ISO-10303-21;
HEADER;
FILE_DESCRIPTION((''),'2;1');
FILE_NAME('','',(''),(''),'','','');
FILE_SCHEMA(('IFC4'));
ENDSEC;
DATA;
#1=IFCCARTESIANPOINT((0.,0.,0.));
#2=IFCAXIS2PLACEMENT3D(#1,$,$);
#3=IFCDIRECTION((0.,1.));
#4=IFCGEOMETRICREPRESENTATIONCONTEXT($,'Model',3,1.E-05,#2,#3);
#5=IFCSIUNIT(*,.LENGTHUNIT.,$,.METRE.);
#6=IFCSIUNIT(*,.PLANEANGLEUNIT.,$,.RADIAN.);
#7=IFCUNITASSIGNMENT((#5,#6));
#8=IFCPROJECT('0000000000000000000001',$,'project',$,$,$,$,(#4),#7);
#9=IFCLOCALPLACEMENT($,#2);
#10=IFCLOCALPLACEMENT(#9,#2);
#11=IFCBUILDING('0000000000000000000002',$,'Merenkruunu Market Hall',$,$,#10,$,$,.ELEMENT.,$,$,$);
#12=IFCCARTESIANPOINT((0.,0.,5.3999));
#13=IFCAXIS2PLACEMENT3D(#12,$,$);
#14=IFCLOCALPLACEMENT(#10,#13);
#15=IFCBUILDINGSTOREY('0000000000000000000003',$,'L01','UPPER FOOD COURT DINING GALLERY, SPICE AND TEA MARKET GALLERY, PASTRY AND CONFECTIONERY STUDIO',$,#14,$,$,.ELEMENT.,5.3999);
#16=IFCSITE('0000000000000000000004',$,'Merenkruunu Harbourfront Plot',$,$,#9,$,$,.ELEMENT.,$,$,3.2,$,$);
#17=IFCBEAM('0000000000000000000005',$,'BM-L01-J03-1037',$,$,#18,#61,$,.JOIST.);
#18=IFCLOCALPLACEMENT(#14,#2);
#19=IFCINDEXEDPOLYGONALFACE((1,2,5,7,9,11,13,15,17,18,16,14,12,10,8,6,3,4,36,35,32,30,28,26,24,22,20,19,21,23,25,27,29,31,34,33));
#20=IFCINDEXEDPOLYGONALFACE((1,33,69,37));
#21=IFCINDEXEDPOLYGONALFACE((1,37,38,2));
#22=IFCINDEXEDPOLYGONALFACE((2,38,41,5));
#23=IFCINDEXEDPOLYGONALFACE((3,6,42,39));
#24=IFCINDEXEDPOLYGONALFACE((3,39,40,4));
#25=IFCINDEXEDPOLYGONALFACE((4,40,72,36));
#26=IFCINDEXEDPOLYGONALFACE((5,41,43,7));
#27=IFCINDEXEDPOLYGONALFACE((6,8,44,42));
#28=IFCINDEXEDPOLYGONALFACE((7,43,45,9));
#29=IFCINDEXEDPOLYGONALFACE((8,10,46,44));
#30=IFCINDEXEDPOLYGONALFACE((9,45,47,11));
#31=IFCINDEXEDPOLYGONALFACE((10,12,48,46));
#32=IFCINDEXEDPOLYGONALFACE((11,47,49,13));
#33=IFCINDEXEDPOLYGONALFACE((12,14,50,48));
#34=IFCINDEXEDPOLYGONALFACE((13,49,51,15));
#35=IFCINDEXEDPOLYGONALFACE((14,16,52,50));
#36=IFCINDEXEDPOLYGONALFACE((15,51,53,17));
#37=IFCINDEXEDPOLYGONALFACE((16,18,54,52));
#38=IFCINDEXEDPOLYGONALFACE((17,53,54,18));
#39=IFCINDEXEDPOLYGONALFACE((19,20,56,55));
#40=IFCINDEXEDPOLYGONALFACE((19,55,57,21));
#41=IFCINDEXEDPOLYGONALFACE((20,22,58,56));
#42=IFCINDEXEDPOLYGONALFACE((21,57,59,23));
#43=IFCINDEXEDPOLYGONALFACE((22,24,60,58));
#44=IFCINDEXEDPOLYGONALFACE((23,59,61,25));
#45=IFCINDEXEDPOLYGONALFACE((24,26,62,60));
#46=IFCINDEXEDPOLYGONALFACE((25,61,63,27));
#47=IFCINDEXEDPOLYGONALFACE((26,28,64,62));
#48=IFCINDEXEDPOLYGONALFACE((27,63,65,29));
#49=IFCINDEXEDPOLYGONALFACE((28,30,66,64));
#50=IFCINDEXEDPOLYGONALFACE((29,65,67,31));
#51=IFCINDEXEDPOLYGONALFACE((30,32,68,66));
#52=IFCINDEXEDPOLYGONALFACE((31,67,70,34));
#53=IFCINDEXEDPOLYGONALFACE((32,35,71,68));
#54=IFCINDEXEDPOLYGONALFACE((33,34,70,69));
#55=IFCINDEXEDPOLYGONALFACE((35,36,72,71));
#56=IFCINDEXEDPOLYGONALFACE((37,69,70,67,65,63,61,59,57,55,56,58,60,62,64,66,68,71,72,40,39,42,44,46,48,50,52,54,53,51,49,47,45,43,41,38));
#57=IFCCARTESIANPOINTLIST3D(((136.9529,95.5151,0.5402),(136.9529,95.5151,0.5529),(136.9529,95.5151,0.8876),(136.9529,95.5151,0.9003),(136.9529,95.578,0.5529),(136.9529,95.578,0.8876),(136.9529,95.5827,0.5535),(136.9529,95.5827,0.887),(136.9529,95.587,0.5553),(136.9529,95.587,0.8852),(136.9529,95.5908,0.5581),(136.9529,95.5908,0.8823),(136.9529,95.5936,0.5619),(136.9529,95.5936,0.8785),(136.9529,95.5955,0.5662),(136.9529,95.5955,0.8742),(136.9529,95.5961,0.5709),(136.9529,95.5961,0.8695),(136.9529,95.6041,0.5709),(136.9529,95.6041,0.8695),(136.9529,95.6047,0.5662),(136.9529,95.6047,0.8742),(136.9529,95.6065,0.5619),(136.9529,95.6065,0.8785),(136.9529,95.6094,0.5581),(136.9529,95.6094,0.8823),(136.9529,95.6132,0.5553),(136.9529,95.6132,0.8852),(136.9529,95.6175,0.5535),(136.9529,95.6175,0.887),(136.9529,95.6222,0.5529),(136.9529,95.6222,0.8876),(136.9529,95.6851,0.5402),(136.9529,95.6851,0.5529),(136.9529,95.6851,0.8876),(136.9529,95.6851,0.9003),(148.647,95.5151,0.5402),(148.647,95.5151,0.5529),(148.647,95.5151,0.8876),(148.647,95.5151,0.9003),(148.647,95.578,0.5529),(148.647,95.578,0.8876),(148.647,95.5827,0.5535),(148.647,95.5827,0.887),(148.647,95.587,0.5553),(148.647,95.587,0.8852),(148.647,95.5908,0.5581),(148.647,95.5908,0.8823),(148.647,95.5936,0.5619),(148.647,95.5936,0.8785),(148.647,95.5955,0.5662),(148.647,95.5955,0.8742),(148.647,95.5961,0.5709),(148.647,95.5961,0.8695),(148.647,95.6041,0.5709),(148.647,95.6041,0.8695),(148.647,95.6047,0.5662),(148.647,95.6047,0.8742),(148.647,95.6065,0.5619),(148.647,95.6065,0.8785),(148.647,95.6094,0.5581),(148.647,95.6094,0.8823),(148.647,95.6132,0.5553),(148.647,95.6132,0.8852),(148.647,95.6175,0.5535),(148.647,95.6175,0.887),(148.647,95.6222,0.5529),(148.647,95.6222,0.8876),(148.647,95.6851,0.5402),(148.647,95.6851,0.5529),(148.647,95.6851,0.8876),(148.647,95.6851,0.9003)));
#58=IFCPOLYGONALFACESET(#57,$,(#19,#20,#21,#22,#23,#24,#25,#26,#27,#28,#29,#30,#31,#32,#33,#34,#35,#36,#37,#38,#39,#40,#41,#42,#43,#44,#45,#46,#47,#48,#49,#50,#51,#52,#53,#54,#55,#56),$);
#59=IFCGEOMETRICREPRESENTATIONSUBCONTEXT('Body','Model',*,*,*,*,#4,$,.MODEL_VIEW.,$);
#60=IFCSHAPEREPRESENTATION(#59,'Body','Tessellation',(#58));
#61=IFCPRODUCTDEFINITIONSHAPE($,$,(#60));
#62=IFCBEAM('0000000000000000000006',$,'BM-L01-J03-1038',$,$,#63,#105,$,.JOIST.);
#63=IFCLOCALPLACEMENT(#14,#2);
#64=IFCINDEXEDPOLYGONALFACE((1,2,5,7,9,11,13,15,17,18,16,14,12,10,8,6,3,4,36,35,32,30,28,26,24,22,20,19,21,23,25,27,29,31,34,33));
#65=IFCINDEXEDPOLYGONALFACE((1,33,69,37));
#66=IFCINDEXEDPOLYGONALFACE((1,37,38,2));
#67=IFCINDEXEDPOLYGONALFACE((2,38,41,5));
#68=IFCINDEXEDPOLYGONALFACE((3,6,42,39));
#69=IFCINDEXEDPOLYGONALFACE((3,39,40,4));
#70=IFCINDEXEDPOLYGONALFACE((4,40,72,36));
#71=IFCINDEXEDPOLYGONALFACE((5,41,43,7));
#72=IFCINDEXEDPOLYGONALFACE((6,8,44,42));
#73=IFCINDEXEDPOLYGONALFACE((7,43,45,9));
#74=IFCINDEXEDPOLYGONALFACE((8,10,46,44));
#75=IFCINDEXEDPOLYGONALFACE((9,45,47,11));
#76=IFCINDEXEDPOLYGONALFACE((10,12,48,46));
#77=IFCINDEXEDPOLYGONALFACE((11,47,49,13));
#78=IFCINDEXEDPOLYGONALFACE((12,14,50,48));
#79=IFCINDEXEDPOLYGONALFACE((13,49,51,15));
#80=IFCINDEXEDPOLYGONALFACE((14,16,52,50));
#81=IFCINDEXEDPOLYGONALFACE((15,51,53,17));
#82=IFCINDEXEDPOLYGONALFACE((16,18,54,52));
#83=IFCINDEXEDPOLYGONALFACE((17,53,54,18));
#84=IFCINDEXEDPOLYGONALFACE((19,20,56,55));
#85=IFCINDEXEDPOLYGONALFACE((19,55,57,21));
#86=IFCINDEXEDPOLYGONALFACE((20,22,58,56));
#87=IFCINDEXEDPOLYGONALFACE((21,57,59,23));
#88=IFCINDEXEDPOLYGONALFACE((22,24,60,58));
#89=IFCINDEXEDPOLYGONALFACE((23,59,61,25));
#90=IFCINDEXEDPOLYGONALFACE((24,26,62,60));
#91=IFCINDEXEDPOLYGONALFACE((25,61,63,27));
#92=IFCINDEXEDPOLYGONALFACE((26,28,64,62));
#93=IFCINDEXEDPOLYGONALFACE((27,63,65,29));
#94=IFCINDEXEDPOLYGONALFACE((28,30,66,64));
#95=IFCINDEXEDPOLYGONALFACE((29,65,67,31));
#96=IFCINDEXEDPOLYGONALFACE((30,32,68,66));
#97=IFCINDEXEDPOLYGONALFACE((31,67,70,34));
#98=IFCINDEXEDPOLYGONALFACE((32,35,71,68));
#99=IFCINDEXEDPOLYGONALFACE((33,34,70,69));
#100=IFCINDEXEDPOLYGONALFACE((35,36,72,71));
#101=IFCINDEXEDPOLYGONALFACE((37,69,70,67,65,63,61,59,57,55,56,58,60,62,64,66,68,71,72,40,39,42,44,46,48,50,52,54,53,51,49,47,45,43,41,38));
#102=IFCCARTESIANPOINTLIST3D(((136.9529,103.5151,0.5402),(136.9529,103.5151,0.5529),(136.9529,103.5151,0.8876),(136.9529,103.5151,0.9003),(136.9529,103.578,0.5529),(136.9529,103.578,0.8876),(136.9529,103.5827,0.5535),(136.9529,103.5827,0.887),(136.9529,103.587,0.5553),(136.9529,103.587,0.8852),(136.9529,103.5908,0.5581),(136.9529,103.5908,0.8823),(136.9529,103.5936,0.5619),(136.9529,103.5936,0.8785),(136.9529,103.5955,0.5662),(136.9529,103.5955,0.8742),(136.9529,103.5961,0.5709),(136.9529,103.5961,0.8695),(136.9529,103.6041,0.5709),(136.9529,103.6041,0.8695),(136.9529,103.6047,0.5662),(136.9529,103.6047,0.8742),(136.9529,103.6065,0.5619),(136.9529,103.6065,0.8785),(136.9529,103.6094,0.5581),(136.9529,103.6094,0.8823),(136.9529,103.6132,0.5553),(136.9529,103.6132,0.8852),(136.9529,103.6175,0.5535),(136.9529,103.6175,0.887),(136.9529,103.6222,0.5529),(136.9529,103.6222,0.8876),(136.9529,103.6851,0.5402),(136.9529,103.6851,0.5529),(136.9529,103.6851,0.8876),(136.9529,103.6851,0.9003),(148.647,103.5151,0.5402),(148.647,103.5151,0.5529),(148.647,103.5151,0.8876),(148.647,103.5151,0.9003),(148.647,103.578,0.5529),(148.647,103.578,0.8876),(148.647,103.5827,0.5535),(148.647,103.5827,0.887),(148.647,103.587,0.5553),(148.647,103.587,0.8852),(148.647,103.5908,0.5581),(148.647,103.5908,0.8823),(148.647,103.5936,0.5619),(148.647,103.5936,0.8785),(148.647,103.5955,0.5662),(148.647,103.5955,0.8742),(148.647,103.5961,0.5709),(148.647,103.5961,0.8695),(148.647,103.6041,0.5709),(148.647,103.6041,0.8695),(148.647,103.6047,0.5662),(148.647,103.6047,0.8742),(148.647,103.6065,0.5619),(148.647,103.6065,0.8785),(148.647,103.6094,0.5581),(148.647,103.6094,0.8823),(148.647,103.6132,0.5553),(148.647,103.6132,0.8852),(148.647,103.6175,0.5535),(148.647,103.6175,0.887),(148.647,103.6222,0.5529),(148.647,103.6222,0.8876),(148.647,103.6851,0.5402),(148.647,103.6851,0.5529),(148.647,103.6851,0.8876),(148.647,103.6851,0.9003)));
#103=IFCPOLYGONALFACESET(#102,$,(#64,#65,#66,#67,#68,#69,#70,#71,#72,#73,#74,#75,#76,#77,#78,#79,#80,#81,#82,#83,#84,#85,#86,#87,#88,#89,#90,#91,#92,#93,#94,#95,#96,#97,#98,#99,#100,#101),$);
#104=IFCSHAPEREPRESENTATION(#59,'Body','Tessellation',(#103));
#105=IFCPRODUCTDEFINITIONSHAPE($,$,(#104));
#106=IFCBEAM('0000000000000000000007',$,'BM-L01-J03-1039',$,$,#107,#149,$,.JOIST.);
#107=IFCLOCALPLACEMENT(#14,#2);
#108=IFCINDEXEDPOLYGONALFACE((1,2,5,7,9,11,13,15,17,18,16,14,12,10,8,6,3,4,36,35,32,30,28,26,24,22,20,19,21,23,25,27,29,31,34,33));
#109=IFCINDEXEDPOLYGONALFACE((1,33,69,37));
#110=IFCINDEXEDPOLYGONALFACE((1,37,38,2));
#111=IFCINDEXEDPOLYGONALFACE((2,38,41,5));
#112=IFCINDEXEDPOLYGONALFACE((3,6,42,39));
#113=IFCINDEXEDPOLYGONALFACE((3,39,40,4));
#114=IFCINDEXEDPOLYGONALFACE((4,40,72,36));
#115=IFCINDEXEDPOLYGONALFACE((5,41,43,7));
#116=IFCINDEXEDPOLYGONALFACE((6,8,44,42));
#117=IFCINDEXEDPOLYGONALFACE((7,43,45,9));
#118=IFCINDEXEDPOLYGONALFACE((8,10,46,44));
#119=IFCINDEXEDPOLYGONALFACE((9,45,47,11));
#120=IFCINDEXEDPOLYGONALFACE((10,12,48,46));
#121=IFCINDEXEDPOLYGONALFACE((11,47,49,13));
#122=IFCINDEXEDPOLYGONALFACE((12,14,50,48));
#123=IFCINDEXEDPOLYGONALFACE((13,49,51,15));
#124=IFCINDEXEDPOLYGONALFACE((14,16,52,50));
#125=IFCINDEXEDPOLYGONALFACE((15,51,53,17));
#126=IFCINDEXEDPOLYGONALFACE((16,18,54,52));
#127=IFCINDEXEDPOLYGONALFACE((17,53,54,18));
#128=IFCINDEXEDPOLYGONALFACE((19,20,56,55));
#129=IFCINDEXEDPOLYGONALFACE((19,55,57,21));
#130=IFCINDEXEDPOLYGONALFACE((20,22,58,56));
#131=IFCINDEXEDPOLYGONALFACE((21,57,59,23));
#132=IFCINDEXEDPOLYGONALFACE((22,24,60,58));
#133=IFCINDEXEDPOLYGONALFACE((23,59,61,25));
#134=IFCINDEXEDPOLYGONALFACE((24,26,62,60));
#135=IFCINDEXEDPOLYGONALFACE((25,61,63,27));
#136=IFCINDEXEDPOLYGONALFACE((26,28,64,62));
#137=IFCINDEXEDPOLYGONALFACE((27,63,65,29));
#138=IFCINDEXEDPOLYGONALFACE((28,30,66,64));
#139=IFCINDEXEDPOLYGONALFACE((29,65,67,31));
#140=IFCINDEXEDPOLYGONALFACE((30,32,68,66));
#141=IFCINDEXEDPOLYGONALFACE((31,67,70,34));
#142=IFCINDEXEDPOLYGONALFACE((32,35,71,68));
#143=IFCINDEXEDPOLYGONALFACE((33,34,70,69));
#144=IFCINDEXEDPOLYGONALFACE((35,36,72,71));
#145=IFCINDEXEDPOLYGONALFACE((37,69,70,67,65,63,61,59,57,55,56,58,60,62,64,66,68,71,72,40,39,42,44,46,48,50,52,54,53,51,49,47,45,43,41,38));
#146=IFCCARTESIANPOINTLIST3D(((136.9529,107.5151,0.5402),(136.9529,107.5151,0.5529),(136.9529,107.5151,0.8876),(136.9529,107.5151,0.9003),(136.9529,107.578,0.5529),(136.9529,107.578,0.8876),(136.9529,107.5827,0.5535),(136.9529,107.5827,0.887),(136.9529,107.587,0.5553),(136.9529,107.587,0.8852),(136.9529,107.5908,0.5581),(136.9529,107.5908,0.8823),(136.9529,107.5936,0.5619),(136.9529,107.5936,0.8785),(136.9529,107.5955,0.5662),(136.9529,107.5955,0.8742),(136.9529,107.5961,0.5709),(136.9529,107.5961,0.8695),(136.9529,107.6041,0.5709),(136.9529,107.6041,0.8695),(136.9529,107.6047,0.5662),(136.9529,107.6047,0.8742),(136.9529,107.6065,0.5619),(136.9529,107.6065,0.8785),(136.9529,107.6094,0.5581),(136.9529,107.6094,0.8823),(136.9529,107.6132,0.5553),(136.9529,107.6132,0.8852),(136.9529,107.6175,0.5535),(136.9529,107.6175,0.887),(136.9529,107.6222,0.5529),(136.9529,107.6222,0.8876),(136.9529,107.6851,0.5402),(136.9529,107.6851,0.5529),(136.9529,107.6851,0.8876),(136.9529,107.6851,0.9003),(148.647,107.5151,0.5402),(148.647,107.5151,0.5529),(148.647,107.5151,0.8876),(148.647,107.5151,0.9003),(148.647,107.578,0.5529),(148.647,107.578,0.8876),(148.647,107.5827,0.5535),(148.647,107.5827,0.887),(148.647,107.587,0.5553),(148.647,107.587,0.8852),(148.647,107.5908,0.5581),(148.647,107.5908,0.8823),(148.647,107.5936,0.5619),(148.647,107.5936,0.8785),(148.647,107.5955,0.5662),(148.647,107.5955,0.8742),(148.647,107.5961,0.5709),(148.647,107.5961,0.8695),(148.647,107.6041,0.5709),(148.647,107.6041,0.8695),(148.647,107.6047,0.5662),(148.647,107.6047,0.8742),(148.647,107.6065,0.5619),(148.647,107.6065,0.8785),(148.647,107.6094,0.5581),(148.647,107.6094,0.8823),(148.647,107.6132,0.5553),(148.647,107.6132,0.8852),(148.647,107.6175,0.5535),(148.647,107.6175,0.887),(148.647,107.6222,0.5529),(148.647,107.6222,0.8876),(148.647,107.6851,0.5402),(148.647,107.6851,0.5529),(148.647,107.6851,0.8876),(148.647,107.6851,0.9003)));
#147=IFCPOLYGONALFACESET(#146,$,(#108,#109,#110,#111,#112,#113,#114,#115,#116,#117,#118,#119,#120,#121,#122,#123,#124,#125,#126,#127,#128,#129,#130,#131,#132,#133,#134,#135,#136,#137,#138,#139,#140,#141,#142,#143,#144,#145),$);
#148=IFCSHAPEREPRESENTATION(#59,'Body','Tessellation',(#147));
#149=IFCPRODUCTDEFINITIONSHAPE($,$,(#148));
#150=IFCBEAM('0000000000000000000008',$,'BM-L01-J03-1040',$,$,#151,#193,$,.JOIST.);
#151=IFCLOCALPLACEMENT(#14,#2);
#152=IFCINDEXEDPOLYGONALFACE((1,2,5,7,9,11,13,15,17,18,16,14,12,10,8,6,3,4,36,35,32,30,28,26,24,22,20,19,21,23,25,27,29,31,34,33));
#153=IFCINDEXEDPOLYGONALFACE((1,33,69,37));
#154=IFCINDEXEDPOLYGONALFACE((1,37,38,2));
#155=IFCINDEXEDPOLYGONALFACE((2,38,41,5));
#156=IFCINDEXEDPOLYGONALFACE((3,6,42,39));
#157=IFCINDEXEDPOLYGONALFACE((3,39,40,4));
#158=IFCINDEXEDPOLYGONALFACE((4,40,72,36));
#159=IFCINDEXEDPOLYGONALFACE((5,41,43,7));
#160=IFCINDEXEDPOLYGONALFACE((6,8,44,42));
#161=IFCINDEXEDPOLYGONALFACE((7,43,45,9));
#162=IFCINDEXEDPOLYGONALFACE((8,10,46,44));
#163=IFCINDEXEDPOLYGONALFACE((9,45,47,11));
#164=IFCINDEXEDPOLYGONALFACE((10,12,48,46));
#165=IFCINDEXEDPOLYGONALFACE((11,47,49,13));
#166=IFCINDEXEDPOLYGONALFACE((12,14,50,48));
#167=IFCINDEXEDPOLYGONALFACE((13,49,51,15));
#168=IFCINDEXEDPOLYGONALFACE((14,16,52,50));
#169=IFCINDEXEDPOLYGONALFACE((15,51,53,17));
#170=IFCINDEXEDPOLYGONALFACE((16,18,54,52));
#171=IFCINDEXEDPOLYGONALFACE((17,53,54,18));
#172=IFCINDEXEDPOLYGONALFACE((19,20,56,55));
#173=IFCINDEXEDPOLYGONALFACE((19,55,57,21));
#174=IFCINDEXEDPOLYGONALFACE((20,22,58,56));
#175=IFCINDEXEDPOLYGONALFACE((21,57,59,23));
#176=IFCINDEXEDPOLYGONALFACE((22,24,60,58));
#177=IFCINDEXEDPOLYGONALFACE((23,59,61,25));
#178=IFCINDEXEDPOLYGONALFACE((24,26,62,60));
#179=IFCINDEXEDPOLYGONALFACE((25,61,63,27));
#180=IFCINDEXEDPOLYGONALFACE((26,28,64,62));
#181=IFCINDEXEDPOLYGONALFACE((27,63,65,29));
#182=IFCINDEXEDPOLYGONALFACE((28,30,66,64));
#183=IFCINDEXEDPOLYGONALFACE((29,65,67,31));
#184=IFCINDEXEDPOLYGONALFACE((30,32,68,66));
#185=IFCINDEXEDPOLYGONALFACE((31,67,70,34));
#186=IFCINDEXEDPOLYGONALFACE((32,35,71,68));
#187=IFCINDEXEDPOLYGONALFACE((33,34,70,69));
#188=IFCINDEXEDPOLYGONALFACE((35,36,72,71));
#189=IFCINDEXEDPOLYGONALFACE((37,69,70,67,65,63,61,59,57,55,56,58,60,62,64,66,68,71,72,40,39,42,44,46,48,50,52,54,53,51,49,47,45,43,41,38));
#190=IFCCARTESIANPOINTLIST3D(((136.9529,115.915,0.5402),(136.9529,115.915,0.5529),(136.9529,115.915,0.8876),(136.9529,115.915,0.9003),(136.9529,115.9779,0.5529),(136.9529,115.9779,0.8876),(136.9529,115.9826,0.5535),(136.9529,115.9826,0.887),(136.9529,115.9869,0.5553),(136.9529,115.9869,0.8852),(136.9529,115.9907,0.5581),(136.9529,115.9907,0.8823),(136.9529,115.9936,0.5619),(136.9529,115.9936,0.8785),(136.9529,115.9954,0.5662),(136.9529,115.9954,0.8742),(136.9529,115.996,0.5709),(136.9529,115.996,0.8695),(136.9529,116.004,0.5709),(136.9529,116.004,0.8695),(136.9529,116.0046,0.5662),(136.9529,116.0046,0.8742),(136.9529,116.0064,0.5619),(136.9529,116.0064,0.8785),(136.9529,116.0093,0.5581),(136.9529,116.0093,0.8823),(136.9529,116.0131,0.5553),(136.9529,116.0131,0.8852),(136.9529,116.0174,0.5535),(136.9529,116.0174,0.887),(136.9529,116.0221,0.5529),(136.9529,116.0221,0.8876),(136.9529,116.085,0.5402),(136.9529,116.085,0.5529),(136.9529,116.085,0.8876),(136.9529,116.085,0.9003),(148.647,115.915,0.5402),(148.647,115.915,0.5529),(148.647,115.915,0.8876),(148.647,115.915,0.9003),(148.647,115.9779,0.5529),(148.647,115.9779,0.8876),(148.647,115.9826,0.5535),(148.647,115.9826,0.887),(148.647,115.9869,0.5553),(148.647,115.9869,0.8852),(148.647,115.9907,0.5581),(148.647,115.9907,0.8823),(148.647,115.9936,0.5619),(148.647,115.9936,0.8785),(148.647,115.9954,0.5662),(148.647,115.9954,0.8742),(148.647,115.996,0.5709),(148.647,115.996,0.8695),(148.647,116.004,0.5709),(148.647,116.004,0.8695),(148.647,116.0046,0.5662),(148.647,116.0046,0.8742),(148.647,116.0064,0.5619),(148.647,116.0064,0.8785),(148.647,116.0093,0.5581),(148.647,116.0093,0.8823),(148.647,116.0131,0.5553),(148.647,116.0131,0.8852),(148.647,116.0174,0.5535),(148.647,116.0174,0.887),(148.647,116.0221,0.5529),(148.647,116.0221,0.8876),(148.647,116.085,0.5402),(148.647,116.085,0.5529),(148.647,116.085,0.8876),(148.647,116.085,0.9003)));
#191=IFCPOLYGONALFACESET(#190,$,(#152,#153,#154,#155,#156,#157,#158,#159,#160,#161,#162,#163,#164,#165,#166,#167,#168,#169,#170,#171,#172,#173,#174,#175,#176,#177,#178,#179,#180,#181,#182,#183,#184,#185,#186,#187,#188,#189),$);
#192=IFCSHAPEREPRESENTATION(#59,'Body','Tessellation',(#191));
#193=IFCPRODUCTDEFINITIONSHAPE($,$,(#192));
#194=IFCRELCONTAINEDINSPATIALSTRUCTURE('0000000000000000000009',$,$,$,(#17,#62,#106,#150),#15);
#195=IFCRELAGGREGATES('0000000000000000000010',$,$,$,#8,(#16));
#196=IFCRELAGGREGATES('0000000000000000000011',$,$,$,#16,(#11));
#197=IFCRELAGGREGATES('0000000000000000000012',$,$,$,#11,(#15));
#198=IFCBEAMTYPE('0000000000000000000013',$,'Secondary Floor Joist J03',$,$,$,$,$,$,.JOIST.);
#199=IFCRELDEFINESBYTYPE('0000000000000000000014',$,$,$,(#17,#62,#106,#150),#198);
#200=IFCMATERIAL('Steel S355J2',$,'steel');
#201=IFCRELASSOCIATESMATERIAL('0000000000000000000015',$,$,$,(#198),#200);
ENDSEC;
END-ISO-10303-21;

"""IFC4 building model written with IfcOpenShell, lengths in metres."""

from ifc_helpers import new_model, si_unit, direction, frame, origin, origin_2d, place, context, subcontext, project, spatial, i_section, extrude, material, material_profile, profile_set, type_object, element, save


model = new_model("IFC4")

# Units and contexts
model_context = context("Model", 3, precision=1e-05, world=origin(), true_north=direction((0.0, 1.0)))
body_context = subcontext(model_context, "Body", "Model", "MODEL_VIEW")
ifc_project = project(units=[si_unit("LENGTHUNIT", "METRE"), si_unit("PLANEANGLEUNIT", "RADIAN")], contexts=[model_context])

# Site, building, storey
site_placement = place(None, origin())
site = spatial("IfcSite", under=ifc_project, at=site_placement, Name="Merenkruunu Harbourfront Plot", CompositionType="ELEMENT", RefElevation=3.2)
building_placement = place(site_placement, origin())
building = spatial("IfcBuilding", under=site, at=building_placement, Name="Merenkruunu Market Hall", CompositionType="ELEMENT")
storey_placement = place(building_placement, frame((0.0, 0.0, 5.3999)))
storey = spatial("IfcBuildingStorey", under=building, at=storey_placement, Name="L01", Description="UPPER FOOD COURT DINING GALLERY, SPICE AND TEA MARKET GALLERY, PASTRY AND CONFECTIONERY STUDIO", CompositionType="ELEMENT", Elevation=5.3999)

# Beams
ifc_material_1 = material(Name="Steel S355J2", Category="steel")
ifc_material_profile_1 = material_profile(ifc_material_1, i_section(OverallWidth=0.1699, OverallDepth=0.3601, WebThickness=0.0081, FlangeThickness=0.0127, FilletRadius=0.0181, at=origin_2d()), Name="IPE 360")
ifc_profile_set_1 = profile_set([ifc_material_profile_1], Name="Steel S355J2")
beam_type_1 = type_object("IfcBeamType", Name="Secondary Floor Joist J03", PredefinedType="JOIST", material=ifc_profile_set_1)
for number, where, z_axis, x_axis, name in (
    (1, (136.9529, 95.6001, 0.7202), (1.0, 0.0, 0.0), (0.0, 1.0, 0.0), "BM-L01-J03-1037"),
    (2, (136.9529, 103.6001, 0.7202), (1.0, 0.0, 0.0), (0.0, 1.0, 0.0), "BM-L01-J03-1038"),
    (3, (136.9529, 107.6001, 0.7202), (1.0, 0.0, 0.0), (0.0, 1.0, 0.0), "BM-L01-J03-1039"),
    (4, (136.9529, 116.0, 0.7202), (1.0, 0.0, 0.0), (0.0, 1.0, 0.0), "BM-L01-J03-1040"),
):
    element("IfcBeam", number, at=place(storey_placement, frame(where, z_axis=z_axis, x_axis=x_axis)), inside=storey, type_object=beam_type_1, Name=name, PredefinedType="JOIST", context=body_context, shape_type="SweptSolid", body=[
        extrude(i_section(OverallWidth=0.1699, OverallDepth=0.3601, WebThickness=0.0081, FlangeThickness=0.0127, FilletRadius=0.0181, at=origin_2d()), origin(), (0.0, 0.0, 1.0), 11.6941),
    ])

save(model, "model.ifc")
